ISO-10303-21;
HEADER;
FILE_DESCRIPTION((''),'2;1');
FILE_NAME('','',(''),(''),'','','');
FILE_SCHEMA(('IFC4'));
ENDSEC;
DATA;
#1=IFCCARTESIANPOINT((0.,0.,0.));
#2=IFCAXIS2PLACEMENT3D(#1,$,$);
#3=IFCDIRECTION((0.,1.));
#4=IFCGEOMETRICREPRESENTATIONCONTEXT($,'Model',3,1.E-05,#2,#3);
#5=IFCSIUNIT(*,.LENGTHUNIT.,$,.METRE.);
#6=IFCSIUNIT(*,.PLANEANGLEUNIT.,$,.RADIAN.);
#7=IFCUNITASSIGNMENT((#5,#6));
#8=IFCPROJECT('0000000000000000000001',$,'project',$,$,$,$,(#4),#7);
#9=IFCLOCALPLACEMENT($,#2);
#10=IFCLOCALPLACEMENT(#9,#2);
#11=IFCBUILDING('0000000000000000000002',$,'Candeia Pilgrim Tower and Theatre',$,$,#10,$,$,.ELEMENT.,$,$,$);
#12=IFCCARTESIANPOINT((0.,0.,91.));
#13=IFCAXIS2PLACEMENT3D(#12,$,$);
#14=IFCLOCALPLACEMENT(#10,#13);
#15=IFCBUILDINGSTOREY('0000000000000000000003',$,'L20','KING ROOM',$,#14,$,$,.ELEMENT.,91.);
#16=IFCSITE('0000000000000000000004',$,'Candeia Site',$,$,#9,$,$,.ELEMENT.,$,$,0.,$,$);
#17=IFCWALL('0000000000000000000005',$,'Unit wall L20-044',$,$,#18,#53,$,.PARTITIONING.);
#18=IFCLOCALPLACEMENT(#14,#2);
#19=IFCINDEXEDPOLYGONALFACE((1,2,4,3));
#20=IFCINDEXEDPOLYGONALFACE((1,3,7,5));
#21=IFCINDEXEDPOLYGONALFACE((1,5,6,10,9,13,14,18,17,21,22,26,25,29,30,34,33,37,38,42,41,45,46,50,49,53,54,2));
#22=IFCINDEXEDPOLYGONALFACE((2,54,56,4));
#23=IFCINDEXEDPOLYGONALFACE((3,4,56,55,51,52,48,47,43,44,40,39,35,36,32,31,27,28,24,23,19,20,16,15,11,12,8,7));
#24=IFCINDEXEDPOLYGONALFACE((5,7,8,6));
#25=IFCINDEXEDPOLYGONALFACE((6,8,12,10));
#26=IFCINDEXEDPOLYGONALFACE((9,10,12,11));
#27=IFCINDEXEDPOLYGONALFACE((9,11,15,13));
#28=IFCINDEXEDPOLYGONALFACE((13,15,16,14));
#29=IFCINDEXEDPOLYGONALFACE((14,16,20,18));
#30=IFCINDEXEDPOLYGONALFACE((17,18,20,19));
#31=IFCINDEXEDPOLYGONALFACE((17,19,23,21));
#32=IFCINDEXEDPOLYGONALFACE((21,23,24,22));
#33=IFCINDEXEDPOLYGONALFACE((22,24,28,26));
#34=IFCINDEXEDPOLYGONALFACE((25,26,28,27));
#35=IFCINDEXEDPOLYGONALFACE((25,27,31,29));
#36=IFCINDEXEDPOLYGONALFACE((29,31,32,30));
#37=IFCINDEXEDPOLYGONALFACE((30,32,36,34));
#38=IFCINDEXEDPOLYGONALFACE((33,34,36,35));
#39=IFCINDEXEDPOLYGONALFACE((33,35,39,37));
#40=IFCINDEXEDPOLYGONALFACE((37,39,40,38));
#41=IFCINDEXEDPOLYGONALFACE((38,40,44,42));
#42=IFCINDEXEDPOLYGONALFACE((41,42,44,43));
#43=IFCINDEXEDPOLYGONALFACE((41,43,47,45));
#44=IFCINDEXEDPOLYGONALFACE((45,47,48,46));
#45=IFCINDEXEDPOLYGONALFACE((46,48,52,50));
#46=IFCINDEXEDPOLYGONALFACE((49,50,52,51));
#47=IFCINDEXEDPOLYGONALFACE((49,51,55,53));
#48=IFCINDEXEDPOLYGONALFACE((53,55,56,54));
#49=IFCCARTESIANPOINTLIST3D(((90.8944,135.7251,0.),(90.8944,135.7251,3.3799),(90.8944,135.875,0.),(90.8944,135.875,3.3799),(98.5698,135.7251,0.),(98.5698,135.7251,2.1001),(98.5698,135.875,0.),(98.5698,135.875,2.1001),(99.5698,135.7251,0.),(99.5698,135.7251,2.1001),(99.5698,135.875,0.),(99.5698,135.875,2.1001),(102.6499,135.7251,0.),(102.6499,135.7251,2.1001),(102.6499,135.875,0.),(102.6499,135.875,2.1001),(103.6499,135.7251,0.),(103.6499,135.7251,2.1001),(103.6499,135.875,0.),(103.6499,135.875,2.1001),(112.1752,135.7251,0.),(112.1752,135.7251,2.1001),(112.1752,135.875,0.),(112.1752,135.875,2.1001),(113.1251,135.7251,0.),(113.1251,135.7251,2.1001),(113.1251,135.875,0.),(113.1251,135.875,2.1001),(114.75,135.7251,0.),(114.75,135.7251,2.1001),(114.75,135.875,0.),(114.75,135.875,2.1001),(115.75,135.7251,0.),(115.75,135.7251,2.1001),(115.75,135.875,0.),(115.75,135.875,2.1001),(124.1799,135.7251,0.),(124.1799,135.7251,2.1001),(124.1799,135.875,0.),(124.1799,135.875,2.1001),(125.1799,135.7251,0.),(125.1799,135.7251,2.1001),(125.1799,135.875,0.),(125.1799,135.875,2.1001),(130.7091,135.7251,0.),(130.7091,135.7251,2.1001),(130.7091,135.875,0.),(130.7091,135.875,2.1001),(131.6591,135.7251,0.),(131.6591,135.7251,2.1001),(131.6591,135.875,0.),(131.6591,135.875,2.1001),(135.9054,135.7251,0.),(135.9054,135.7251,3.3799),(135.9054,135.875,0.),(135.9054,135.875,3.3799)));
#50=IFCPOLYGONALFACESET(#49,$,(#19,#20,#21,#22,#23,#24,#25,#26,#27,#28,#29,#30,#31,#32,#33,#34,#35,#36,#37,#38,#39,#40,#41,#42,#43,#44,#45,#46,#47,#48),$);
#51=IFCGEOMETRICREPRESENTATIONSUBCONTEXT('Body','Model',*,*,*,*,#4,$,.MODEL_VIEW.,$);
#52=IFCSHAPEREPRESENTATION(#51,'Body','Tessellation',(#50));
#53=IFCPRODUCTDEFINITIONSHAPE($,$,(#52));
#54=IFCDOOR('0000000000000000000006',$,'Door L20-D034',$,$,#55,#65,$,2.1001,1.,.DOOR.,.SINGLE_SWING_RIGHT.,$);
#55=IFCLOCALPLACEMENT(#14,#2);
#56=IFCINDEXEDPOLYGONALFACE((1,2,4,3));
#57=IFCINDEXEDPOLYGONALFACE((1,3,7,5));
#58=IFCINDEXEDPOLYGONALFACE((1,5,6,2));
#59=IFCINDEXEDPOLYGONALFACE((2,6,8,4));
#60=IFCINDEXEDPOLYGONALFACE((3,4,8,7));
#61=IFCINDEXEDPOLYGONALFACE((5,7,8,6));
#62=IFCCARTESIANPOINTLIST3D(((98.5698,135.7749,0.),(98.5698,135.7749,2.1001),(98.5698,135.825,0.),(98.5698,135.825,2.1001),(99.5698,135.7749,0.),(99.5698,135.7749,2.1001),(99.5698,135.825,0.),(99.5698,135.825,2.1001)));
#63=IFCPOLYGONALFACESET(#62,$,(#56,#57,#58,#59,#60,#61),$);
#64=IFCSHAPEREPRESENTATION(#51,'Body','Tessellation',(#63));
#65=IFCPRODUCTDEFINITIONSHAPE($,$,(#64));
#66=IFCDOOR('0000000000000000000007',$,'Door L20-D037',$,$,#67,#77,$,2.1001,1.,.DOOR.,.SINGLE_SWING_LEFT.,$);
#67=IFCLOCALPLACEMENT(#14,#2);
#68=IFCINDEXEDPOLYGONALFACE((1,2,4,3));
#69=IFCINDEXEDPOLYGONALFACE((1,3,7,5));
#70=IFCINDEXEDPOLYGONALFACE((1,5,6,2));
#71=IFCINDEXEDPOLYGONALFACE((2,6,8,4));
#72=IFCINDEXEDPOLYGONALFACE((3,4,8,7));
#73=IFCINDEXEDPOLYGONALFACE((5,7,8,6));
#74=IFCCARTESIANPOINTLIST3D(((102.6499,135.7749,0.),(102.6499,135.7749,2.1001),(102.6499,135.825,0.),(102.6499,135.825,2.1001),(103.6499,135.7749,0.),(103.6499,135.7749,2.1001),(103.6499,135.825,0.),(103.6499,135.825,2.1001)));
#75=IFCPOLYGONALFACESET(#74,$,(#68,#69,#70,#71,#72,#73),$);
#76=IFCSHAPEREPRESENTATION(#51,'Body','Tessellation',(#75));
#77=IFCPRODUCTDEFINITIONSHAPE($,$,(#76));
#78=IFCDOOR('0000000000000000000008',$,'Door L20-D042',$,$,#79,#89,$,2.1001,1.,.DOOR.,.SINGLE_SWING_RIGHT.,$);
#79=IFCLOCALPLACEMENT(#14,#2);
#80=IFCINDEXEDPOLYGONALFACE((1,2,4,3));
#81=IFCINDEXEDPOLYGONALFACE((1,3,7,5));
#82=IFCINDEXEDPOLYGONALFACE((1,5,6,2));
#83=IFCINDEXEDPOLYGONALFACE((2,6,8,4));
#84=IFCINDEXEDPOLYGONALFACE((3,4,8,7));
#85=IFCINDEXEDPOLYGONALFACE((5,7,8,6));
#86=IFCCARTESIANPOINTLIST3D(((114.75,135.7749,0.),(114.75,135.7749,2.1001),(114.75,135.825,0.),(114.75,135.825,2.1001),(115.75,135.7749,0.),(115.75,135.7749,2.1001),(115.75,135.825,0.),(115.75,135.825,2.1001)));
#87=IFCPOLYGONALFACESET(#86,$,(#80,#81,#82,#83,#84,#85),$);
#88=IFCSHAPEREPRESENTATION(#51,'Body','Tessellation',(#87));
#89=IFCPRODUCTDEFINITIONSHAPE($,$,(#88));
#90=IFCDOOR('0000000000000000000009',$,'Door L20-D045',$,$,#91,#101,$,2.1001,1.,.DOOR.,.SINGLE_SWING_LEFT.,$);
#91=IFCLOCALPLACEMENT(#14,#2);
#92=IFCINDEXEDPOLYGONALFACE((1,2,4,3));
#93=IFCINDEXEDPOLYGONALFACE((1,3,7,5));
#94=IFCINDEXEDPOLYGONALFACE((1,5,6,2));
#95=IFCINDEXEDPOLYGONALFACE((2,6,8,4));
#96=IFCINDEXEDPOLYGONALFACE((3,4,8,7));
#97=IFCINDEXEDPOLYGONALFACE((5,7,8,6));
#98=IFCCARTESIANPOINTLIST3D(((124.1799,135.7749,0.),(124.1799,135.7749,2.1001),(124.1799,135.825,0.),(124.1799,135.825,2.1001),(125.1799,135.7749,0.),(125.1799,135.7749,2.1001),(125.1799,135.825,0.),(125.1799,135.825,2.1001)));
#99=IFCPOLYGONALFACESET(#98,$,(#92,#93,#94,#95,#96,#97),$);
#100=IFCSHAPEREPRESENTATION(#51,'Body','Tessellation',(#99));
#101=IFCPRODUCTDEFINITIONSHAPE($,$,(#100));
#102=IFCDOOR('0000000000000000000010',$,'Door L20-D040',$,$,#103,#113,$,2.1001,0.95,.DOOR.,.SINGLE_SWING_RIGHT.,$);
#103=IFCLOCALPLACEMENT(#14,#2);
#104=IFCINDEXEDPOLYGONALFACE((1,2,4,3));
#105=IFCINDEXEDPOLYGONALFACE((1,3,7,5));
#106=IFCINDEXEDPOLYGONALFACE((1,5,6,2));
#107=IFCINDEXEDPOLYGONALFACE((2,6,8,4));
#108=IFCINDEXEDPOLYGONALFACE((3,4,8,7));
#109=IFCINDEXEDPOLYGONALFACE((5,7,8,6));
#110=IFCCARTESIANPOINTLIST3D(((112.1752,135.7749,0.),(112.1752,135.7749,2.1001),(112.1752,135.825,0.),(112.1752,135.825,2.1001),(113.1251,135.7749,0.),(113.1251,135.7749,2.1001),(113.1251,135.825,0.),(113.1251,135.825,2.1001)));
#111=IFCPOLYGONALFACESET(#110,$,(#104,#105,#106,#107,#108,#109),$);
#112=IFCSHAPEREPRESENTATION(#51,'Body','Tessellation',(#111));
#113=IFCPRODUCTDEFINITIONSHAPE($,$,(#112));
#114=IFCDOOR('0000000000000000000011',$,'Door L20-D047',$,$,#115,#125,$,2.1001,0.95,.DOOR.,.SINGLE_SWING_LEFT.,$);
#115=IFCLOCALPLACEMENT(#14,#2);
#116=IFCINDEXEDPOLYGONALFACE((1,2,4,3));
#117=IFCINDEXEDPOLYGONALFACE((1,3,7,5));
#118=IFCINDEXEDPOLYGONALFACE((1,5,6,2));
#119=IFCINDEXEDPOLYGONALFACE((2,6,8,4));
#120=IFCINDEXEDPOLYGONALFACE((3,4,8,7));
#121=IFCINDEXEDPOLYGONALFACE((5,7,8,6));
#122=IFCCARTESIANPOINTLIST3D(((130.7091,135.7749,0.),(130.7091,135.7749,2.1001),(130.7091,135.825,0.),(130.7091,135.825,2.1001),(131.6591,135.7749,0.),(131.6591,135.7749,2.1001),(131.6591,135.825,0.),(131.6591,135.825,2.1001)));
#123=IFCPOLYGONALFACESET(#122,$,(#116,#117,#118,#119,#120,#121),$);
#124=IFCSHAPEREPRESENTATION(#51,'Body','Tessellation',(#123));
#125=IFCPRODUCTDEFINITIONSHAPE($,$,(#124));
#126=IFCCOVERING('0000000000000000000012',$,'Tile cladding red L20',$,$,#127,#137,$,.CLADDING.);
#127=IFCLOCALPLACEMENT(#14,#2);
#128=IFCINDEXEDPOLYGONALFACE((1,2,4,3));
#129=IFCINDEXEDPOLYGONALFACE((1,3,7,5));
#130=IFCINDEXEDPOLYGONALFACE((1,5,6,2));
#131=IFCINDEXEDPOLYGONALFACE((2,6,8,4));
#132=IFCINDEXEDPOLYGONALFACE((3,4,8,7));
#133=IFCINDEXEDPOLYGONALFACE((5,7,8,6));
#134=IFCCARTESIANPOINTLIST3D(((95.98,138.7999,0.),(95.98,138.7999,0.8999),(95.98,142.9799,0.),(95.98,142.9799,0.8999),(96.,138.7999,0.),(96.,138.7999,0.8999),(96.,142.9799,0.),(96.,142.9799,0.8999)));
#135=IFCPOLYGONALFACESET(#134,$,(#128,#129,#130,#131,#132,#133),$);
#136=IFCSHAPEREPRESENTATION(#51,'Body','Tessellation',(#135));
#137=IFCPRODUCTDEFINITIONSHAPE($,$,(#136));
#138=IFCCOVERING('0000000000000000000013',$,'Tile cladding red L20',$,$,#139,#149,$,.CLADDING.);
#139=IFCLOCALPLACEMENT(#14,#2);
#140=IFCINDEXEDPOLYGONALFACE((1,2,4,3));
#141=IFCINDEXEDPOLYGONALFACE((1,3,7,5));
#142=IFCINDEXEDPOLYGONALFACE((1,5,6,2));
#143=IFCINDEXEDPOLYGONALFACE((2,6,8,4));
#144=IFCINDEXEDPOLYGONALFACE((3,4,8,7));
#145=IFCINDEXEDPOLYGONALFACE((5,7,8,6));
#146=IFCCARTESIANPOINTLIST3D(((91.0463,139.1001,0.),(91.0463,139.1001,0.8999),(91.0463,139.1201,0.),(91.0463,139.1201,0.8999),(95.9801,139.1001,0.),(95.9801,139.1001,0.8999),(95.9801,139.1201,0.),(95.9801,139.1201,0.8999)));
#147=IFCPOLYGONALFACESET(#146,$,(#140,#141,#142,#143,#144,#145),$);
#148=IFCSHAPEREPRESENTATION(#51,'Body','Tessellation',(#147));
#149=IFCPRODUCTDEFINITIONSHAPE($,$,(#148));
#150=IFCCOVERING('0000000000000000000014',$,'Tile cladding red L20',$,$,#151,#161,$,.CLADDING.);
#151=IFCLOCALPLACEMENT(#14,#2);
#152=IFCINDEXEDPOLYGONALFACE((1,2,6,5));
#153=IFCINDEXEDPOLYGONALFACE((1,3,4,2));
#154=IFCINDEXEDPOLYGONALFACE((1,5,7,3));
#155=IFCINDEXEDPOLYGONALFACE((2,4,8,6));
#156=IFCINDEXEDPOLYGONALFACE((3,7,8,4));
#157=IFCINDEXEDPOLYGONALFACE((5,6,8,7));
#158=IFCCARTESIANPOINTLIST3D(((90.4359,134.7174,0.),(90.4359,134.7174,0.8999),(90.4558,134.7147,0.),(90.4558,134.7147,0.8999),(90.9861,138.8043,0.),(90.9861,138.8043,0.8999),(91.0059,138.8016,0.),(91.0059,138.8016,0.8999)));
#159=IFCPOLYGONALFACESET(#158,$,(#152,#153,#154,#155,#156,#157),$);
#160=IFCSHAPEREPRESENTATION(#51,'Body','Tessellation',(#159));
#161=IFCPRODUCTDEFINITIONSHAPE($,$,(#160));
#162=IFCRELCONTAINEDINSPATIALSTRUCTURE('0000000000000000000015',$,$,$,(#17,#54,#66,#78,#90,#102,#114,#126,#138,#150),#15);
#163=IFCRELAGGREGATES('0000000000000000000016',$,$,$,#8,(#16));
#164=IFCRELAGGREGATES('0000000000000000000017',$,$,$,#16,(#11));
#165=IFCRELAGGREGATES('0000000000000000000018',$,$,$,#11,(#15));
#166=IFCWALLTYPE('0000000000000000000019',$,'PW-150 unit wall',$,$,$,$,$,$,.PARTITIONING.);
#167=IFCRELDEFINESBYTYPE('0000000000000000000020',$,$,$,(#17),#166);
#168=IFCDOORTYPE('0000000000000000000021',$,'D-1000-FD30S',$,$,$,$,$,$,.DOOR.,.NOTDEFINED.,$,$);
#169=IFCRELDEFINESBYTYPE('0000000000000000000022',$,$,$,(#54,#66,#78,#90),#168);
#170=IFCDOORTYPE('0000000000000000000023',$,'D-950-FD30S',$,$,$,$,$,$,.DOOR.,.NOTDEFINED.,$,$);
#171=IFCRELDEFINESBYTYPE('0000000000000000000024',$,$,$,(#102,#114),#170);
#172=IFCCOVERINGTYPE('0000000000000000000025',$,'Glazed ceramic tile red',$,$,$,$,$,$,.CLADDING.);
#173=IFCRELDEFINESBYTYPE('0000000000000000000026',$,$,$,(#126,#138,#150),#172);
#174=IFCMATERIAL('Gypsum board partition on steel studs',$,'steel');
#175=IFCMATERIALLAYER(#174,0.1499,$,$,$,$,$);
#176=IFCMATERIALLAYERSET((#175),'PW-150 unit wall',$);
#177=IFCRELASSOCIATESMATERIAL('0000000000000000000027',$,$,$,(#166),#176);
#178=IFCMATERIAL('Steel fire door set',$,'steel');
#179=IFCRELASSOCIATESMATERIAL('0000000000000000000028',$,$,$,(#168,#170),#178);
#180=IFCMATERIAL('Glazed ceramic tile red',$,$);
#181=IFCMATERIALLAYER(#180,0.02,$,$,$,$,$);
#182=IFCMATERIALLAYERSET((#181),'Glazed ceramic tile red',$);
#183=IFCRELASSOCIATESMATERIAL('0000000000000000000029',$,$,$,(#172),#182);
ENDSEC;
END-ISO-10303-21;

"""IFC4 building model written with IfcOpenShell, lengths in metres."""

from ifc_helpers import new_model, si_unit, direction, frame, frame_2d, origin, origin_2d, place, context, subcontext, project, spatial, rectangle, extrude, material, layer, layer_set, type_object, element, fill, save


model = new_model("IFC4")

# Units and contexts
model_context = context("Model", 3, precision=1e-05, world=origin(), true_north=direction((0.0, 1.0)))
body_context = subcontext(model_context, "Body", "Model", "MODEL_VIEW")
ifc_project = project(units=[si_unit("LENGTHUNIT", "METRE"), si_unit("PLANEANGLEUNIT", "RADIAN")], contexts=[model_context])

# Site, building, storey
site_placement = place(None, origin())
site = spatial("IfcSite", under=ifc_project, at=site_placement, Name="Candeia Site", CompositionType="ELEMENT", RefElevation=0.0)
building_placement = place(site_placement, origin())
building = spatial("IfcBuilding", under=site, at=building_placement, Name="Candeia Pilgrim Tower and Theatre", CompositionType="ELEMENT")
storey_placement = place(building_placement, frame((0.0, 0.0, 91.0)))
storey = spatial("IfcBuildingStorey", under=building, at=storey_placement, Name="L20", Description="KING ROOM", CompositionType="ELEMENT", Elevation=91.0)

# Shared definitions
ifc_material_1 = material(Name="Gypsum board partition on steel studs", Category="steel")

# Wall, openings, doors
ifc_layer_1 = layer(ifc_material_1, 0.1499)
ifc_layer_set_1 = layer_set([ifc_layer_1], Name="PW-150 unit wall")
wall_type_1 = type_object("IfcWallType", Name="PW-150 unit wall", PredefinedType="PARTITIONING", material=ifc_layer_set_1)
wall_1_placement = place(storey_placement, frame((90.8945, 135.8, 0.0), z_axis=(0.0, 0.0, 1.0), x_axis=(1.0, 0.0, 0.0)))
wall_1 = element("IfcWall", 1, at=wall_1_placement, inside=storey, type_object=wall_type_1, Name="Unit wall L20-044", PredefinedType="PARTITIONING", context=body_context, shape_type="SweptSolid", body=[
    extrude(rectangle(XDim=45.011, YDim=0.1499, at=frame_2d((22.5054, 0.0))), origin(), (0.0, 0.0, 1.0), 3.3799),
])
opening_1_placement = place(wall_1_placement, frame((7.6753, 0.0, 0.0)))
opening_1 = element("IfcOpeningElement", 2, at=opening_1_placement, cuts=wall_1, PredefinedType="OPENING", context=body_context, shape_type="SweptSolid", body=[
    extrude(rectangle(XDim=1.0, YDim=2.1001, at=frame_2d((0.5, 1.05))), frame((0.0, 0.085, 0.0), z_axis=(0.0, -1.0, 0.0), x_axis=(1.0, 0.0, 0.0)), (0.0, 0.0, 1.0), 0.1699),
])
opening_2_placement = place(wall_1_placement, frame((11.7554, 0.0, 0.0)))
opening_2 = element("IfcOpeningElement", 3, at=opening_2_placement, cuts=wall_1, PredefinedType="OPENING", context=body_context, shape_type="SweptSolid", body=[
    extrude(rectangle(XDim=1.0, YDim=2.1001, at=frame_2d((0.5, 1.05))), frame((0.0, 0.085, 0.0), z_axis=(0.0, -1.0, 0.0), x_axis=(1.0, 0.0, 0.0)), (0.0, 0.0, 1.0), 0.1699),
])
opening_3_placement = place(wall_1_placement, frame((21.2805, 0.0, 0.0)))
opening_3 = element("IfcOpeningElement", 4, at=opening_3_placement, cuts=wall_1, PredefinedType="OPENING", context=body_context, shape_type="SweptSolid", body=[
    extrude(rectangle(XDim=0.95, YDim=2.1001, at=frame_2d((0.4751, 1.05))), frame((0.0, 0.085, 0.0), z_axis=(0.0, -1.0, 0.0), x_axis=(1.0, 0.0, 0.0)), (0.0, 0.0, 1.0), 0.1699),
])
opening_4_placement = place(wall_1_placement, frame((23.8555, 0.0, 0.0)))
opening_4 = element("IfcOpeningElement", 5, at=opening_4_placement, cuts=wall_1, PredefinedType="OPENING", context=body_context, shape_type="SweptSolid", body=[
    extrude(rectangle(XDim=1.0, YDim=2.1001, at=frame_2d((0.5, 1.05))), frame((0.0, 0.085, 0.0), z_axis=(0.0, -1.0, 0.0), x_axis=(1.0, 0.0, 0.0)), (0.0, 0.0, 1.0), 0.1699),
])
opening_5_placement = place(wall_1_placement, frame((33.2854, 0.0, 0.0)))
opening_5 = element("IfcOpeningElement", 6, at=opening_5_placement, cuts=wall_1, PredefinedType="OPENING", context=body_context, shape_type="SweptSolid", body=[
    extrude(rectangle(XDim=1.0, YDim=2.1001, at=frame_2d((0.5, 1.05))), frame((0.0, 0.085, 0.0), z_axis=(0.0, -1.0, 0.0), x_axis=(1.0, 0.0, 0.0)), (0.0, 0.0, 1.0), 0.1699),
])
opening_6_placement = place(wall_1_placement, frame((39.8145, 0.0, 0.0)))
opening_6 = element("IfcOpeningElement", 7, at=opening_6_placement, cuts=wall_1, PredefinedType="OPENING", context=body_context, shape_type="SweptSolid", body=[
    extrude(rectangle(XDim=0.95, YDim=2.1001, at=frame_2d((0.4751, 1.05))), frame((0.0, 0.085, 0.0), z_axis=(0.0, -1.0, 0.0), x_axis=(1.0, 0.0, 0.0)), (0.0, 0.0, 1.0), 0.1699),
])
ifc_material_2 = material(Name="Steel fire door set", Category="steel")
door_type_1 = type_object("IfcDoorType", Name="D-1000-FD30S", OperationType="NOTDEFINED", PredefinedType="DOOR", material=ifc_material_2)
door_1_placement = place(opening_1_placement, origin())
door_1 = element("IfcDoor", 8, at=door_1_placement, inside=storey, type_object=door_type_1, Name="Door L20-D034", OperationType="SINGLE_SWING_RIGHT", OverallHeight=2.1001, OverallWidth=1.0, PredefinedType="DOOR", context=body_context, shape_type="SweptSolid", body=[
    extrude(rectangle(XDim=1.0, YDim=2.1001, at=frame_2d((0.5, 1.05))), frame((0.0, 0.0249, 0.0), z_axis=(0.0, -1.0, 0.0), x_axis=(1.0, 0.0, 0.0)), (0.0, 0.0, 1.0), 0.05),
])
fill(opening_1, door_1)
door_2_placement = place(opening_2_placement, origin())
door_2 = element("IfcDoor", 9, at=door_2_placement, inside=storey, type_object=door_type_1, Name="Door L20-D037", OperationType="SINGLE_SWING_LEFT", OverallHeight=2.1001, OverallWidth=1.0, PredefinedType="DOOR", context=body_context, shape_type="SweptSolid", body=[
    extrude(rectangle(XDim=1.0, YDim=2.1001, at=frame_2d((0.5, 1.05))), frame((0.0, 0.0249, 0.0), z_axis=(0.0, -1.0, 0.0), x_axis=(1.0, 0.0, 0.0)), (0.0, 0.0, 1.0), 0.05),
])
fill(opening_2, door_2)
door_3_placement = place(opening_4_placement, origin())
door_3 = element("IfcDoor", 10, at=door_3_placement, inside=storey, type_object=door_type_1, Name="Door L20-D042", OperationType="SINGLE_SWING_RIGHT", OverallHeight=2.1001, OverallWidth=1.0, PredefinedType="DOOR", context=body_context, shape_type="SweptSolid", body=[
    extrude(rectangle(XDim=1.0, YDim=2.1001, at=frame_2d((0.5, 1.05))), frame((0.0, 0.0249, 0.0), z_axis=(0.0, -1.0, 0.0), x_axis=(1.0, 0.0, 0.0)), (0.0, 0.0, 1.0), 0.05),
])
fill(opening_4, door_3)
door_4_placement = place(opening_5_placement, origin())
door_4 = element("IfcDoor", 11, at=door_4_placement, inside=storey, type_object=door_type_1, Name="Door L20-D045", OperationType="SINGLE_SWING_LEFT", OverallHeight=2.1001, OverallWidth=1.0, PredefinedType="DOOR", context=body_context, shape_type="SweptSolid", body=[
    extrude(rectangle(XDim=1.0, YDim=2.1001, at=frame_2d((0.5, 1.05))), frame((0.0, 0.0249, 0.0), z_axis=(0.0, -1.0, 0.0), x_axis=(1.0, 0.0, 0.0)), (0.0, 0.0, 1.0), 0.05),
])
fill(opening_5, door_4)
door_type_2 = type_object("IfcDoorType", Name="D-950-FD30S", OperationType="NOTDEFINED", PredefinedType="DOOR", material=ifc_material_2)
door_5_placement = place(opening_3_placement, origin())
door_5 = element("IfcDoor", 12, at=door_5_placement, inside=storey, type_object=door_type_2, Name="Door L20-D040", OperationType="SINGLE_SWING_RIGHT", OverallHeight=2.1001, OverallWidth=0.95, PredefinedType="DOOR", context=body_context, shape_type="SweptSolid", body=[
    extrude(rectangle(XDim=0.95, YDim=2.1001, at=frame_2d((0.4751, 1.05))), frame((0.0, 0.0249, 0.0), z_axis=(0.0, -1.0, 0.0), x_axis=(1.0, 0.0, 0.0)), (0.0, 0.0, 1.0), 0.05),
])
fill(opening_3, door_5)
door_6_placement = place(opening_6_placement, origin())
door_6 = element("IfcDoor", 13, at=door_6_placement, inside=storey, type_object=door_type_2, Name="Door L20-D047", OperationType="SINGLE_SWING_LEFT", OverallHeight=2.1001, OverallWidth=0.95, PredefinedType="DOOR", context=body_context, shape_type="SweptSolid", body=[
    extrude(rectangle(XDim=0.95, YDim=2.1001, at=frame_2d((0.4751, 1.05))), frame((0.0, 0.0249, 0.0), z_axis=(0.0, -1.0, 0.0), x_axis=(1.0, 0.0, 0.0)), (0.0, 0.0, 1.0), 0.05),
])
fill(opening_6, door_6)

# Coverings
ifc_material_3 = material(Name="Glazed ceramic tile red")
ifc_layer_2 = layer(ifc_material_3, 0.02)
ifc_layer_set_2 = layer_set([ifc_layer_2], Name="Glazed ceramic tile red")
covering_type = type_object("IfcCoveringType", Name="Glazed ceramic tile red", PredefinedType="CLADDING", material=ifc_layer_set_2)
covering_1_placement = place(storey_placement, frame((95.99, 140.8899, 0.0), z_axis=(0.0, 0.0, 1.0), x_axis=(0.0, -1.0, 0.0)))
element("IfcCovering", 14, at=covering_1_placement, inside=storey, type_object=covering_type, Name="Tile cladding red L20", PredefinedType="CLADDING", context=body_context, shape_type="SweptSolid", body=[
    extrude(rectangle(XDim=4.1799, YDim=0.02, at=origin_2d()), origin(), (0.0, 0.0, 1.0), 0.8999),
])
covering_2_placement = place(storey_placement, frame((93.5132, 139.1101, 0.0), z_axis=(0.0, 0.0, 1.0), x_axis=(-1.0, 0.0, 0.0)))
element("IfcCovering", 15, at=covering_2_placement, inside=storey, type_object=covering_type, Name="Tile cladding red L20", PredefinedType="CLADDING", context=body_context, shape_type="SweptSolid", body=[
    extrude(rectangle(XDim=4.9338, YDim=0.02, at=origin_2d()), origin(), (0.0, 0.0, 1.0), 0.8999),
])
covering_3_placement = place(storey_placement, frame((90.7209, 136.7595, 0.0), z_axis=(0.0, 0.0, 1.0), x_axis=(-0.133412, -0.991061, 0.0)))
element("IfcCovering", 16, at=covering_3_placement, inside=storey, type_object=covering_type, Name="Tile cladding red L20", PredefinedType="CLADDING", context=body_context, shape_type="SweptSolid", body=[
    extrude(rectangle(XDim=4.1238, YDim=0.02, at=origin_2d()), origin(), (0.0, 0.0, 1.0), 0.8999),
])

save(model, "model.ifc")
